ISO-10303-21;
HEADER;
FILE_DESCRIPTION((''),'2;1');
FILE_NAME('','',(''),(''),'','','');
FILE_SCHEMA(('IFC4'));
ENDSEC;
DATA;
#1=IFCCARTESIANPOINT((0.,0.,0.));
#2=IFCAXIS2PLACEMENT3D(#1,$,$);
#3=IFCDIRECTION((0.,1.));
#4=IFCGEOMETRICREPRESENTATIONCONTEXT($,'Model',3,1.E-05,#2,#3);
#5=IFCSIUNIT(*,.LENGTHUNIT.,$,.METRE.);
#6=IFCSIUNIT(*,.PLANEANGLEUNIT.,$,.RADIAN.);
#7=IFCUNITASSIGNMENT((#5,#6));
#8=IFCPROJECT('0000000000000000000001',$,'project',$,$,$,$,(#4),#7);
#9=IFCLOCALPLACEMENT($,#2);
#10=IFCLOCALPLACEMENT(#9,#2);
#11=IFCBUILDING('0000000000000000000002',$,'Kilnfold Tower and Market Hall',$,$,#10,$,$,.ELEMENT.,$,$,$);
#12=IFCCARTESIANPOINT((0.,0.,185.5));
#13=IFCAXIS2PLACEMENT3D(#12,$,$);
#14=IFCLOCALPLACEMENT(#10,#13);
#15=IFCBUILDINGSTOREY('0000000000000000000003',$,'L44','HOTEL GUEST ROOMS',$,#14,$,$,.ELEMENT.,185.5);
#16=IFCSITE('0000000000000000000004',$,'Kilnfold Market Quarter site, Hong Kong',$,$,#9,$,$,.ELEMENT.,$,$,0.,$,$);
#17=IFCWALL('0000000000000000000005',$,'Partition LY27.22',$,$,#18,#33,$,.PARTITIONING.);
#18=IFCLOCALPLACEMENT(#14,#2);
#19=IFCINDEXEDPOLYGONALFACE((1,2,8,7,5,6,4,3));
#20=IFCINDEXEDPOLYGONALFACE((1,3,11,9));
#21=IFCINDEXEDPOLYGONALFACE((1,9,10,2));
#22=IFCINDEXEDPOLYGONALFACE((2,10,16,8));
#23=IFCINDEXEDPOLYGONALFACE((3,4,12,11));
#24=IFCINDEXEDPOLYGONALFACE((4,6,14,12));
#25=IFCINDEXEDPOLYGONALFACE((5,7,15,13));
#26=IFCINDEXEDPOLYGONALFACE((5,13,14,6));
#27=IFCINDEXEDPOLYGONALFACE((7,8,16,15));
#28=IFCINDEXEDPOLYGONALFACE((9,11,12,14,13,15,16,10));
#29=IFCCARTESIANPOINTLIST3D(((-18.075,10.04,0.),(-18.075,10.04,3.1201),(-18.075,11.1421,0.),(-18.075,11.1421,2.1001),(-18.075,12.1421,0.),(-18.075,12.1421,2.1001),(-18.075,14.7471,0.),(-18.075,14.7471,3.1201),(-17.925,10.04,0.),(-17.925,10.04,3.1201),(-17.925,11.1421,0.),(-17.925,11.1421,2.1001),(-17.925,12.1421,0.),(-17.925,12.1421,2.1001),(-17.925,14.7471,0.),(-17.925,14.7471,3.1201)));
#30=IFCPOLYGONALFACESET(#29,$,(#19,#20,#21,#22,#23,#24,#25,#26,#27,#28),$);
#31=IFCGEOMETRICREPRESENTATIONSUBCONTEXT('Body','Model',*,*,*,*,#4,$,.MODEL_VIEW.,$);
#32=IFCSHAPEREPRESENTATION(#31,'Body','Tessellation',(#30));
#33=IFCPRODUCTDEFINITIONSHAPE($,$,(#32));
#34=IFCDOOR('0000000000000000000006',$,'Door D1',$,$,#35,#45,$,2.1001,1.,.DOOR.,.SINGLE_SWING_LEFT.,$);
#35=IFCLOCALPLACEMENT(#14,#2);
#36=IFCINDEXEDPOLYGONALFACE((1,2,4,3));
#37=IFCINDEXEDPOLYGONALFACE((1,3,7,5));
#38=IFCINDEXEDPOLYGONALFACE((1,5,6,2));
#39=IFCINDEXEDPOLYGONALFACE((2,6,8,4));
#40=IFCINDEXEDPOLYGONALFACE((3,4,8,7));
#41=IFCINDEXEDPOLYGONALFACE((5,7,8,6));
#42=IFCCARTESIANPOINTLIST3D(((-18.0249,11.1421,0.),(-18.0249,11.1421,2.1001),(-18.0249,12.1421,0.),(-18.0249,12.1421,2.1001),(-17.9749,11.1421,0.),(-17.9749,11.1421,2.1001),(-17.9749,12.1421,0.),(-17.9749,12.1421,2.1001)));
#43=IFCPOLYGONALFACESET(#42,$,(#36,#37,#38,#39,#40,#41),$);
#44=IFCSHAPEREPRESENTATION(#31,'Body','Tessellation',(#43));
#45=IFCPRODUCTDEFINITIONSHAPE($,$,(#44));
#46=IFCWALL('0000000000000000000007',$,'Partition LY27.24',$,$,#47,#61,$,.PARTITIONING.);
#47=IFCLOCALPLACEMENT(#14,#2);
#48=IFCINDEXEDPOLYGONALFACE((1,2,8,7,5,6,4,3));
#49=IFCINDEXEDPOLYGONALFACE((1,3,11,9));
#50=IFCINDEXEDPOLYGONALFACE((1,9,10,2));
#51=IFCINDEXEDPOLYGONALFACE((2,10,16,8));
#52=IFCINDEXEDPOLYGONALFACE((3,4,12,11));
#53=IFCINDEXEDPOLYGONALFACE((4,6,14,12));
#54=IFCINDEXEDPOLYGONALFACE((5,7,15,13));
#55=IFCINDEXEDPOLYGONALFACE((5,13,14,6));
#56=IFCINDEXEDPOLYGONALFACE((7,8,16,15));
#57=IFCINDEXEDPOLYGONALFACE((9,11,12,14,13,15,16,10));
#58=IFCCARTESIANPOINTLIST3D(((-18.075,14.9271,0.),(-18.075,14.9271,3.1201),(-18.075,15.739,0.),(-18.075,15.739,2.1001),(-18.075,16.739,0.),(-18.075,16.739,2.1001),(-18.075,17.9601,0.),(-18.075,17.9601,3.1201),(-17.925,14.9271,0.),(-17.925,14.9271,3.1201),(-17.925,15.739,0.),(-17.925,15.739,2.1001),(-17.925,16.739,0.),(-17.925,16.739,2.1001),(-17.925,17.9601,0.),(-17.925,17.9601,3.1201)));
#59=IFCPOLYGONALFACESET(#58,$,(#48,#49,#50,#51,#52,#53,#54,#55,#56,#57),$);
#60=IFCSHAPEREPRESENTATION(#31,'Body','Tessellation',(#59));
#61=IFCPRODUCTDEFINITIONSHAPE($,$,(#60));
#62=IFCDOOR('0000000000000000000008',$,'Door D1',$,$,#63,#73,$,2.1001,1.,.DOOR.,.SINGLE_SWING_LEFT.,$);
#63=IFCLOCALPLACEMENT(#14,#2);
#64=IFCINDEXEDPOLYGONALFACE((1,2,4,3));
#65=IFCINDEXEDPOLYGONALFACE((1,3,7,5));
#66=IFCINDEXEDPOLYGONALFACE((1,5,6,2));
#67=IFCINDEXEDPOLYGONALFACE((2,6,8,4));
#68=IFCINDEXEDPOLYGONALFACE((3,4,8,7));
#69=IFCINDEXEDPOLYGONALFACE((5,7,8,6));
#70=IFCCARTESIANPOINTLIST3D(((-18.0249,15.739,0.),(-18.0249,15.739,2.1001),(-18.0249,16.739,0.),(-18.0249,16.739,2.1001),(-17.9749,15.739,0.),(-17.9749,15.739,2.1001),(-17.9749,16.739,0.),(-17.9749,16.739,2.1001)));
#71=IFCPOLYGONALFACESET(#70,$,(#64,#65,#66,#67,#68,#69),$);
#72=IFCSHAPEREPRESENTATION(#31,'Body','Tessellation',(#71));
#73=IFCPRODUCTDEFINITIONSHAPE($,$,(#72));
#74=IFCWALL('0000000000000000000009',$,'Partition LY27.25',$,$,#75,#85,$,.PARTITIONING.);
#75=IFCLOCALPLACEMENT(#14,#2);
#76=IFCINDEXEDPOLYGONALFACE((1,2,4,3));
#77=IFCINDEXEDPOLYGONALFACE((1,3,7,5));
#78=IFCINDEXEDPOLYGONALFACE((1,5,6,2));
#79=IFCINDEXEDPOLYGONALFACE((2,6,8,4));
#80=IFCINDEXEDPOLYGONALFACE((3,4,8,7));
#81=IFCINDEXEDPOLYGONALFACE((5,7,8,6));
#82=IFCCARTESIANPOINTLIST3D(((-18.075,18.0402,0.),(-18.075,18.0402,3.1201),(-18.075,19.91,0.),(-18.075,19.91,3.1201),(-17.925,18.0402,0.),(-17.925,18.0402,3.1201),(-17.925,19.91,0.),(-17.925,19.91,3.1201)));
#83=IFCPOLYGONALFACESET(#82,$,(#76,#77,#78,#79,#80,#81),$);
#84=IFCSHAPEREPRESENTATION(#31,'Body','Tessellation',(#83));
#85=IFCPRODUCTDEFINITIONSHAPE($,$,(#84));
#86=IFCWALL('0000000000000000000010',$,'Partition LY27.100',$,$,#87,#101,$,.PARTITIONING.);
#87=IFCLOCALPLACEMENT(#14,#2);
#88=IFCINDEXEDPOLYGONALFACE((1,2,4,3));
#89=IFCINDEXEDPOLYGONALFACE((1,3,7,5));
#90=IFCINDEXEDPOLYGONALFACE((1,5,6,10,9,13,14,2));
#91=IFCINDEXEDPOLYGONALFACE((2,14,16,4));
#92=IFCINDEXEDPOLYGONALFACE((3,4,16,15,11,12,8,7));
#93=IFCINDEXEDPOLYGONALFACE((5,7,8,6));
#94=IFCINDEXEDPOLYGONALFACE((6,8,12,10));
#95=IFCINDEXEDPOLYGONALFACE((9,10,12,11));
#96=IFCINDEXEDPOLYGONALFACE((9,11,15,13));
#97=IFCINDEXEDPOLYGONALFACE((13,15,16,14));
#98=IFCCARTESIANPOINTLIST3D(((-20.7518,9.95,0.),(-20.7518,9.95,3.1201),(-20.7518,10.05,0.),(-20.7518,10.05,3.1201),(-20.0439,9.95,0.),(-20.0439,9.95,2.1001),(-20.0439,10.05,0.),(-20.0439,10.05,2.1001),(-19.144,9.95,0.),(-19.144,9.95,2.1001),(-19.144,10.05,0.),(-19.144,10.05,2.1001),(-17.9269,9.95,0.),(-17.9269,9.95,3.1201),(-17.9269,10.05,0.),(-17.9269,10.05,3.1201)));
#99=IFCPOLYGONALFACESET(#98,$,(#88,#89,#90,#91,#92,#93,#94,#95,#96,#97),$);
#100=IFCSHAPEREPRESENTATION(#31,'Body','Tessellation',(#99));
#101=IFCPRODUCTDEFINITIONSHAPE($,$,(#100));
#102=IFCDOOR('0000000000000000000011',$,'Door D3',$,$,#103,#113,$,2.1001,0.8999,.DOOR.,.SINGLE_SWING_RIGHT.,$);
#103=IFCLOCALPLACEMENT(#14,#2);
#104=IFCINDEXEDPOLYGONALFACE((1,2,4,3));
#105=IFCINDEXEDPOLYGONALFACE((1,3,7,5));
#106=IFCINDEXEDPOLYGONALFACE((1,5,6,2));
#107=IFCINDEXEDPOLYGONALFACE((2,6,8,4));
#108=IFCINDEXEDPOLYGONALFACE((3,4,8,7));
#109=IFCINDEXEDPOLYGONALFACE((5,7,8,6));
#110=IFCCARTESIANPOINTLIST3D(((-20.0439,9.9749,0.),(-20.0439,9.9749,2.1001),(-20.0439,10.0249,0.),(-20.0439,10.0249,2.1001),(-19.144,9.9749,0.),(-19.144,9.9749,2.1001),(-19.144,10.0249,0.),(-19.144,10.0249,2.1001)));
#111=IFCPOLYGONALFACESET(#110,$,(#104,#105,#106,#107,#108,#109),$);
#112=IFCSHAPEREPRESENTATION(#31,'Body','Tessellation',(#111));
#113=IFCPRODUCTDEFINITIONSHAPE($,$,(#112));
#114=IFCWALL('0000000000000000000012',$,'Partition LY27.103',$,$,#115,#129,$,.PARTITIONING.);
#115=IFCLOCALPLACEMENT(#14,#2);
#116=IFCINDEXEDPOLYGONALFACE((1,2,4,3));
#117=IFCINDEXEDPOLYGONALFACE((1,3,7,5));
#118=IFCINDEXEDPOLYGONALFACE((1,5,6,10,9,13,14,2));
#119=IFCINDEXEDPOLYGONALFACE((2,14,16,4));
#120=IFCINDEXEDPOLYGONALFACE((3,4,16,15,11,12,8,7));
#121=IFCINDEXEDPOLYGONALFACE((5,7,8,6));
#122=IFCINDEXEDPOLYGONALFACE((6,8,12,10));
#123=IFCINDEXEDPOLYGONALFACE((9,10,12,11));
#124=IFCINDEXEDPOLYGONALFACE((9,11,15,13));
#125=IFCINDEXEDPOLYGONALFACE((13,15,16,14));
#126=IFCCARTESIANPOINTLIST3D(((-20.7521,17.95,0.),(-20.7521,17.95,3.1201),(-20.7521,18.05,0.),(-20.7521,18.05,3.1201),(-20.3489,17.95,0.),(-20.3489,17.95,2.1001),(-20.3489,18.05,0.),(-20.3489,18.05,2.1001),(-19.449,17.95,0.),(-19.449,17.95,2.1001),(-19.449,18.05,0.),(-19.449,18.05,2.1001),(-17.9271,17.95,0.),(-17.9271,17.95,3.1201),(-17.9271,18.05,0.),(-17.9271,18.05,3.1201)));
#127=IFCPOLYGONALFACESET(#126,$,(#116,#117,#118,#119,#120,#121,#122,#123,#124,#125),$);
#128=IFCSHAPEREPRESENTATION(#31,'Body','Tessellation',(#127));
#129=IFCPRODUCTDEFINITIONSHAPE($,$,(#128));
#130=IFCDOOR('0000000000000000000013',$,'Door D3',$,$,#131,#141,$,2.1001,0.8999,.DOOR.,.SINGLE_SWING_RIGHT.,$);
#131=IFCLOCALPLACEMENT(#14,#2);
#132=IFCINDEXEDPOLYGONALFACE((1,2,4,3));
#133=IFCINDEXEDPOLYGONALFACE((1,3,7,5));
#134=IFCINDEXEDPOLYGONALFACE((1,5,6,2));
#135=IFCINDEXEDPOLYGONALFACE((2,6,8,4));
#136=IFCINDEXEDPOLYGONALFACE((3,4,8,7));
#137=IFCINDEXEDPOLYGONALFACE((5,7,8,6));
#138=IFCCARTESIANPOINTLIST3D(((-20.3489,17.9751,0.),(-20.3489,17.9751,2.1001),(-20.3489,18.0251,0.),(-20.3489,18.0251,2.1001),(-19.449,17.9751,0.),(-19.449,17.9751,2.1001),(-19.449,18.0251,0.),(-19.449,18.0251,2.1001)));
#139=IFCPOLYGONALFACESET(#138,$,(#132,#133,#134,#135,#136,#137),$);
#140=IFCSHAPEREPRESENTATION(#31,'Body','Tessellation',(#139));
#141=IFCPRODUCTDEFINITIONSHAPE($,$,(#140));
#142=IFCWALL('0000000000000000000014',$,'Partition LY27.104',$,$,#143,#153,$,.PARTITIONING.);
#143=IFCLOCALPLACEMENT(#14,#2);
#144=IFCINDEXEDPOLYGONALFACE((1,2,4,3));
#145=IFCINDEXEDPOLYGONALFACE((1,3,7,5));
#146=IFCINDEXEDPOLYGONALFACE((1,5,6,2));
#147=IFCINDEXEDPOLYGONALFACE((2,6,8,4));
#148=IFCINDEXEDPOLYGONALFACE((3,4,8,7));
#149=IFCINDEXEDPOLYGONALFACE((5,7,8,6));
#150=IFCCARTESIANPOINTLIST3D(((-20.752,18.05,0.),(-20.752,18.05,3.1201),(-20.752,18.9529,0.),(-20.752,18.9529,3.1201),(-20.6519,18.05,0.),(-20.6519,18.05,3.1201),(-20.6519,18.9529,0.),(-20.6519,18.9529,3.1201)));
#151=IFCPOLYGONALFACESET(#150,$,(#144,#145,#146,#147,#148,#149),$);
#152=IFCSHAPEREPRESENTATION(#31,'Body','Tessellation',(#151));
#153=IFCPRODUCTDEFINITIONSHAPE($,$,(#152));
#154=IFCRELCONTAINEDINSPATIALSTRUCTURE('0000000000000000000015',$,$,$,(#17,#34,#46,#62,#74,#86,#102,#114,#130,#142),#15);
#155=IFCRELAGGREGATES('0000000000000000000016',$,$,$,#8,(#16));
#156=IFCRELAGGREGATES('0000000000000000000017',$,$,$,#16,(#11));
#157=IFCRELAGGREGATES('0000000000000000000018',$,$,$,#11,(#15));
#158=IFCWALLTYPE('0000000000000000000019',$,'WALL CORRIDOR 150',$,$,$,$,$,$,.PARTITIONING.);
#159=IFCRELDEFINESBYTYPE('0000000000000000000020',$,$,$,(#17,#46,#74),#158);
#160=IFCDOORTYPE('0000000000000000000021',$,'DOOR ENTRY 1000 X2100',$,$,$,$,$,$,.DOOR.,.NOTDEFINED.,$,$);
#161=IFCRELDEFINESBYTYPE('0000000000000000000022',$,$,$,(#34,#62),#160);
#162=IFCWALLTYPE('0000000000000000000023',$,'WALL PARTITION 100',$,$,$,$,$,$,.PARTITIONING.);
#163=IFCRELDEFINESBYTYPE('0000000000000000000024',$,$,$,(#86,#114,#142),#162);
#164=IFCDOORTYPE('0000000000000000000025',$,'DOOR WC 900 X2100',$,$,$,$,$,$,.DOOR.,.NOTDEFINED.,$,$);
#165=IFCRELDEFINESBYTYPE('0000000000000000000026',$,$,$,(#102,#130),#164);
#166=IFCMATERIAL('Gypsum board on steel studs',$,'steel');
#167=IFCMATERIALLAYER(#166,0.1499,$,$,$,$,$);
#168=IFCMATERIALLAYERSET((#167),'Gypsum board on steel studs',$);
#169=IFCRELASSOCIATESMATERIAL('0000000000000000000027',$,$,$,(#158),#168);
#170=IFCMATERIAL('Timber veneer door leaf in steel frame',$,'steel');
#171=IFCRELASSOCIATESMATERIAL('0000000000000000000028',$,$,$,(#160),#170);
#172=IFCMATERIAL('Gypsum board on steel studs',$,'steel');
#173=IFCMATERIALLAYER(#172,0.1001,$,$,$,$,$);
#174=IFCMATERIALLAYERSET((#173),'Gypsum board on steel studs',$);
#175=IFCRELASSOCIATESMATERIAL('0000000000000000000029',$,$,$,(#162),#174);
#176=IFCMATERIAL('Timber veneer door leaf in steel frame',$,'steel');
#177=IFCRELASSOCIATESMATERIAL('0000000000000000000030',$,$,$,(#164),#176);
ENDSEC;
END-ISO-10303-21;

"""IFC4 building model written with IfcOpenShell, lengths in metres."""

from ifc_helpers import new_model, si_unit, direction, frame, frame_2d, origin, place, context, subcontext, project, spatial, rectangle, extrude, material, layer, layer_set, type_object, element, fill, save


model = new_model("IFC4")

# Units and contexts
model_context = context("Model", 3, precision=1e-05, world=origin(), true_north=direction((0.0, 1.0)))
body_context = subcontext(model_context, "Body", "Model", "MODEL_VIEW")
ifc_project = project(units=[si_unit("LENGTHUNIT", "METRE"), si_unit("PLANEANGLEUNIT", "RADIAN")], contexts=[model_context])

# Site, building, storey
site_placement = place(None, origin())
site = spatial("IfcSite", under=ifc_project, at=site_placement, Name="Kilnfold Market Quarter site, Hong Kong", CompositionType="ELEMENT", RefElevation=0.0)
building_placement = place(site_placement, origin())
building = spatial("IfcBuilding", under=site, at=building_placement, Name="Kilnfold Tower and Market Hall", CompositionType="ELEMENT")
storey_placement = place(building_placement, frame((0.0, 0.0, 185.5)))
storey = spatial("IfcBuildingStorey", under=building, at=storey_placement, Name="L44", Description="HOTEL GUEST ROOMS", CompositionType="ELEMENT", Elevation=185.5)

# Walls, openings, doors
ifc_material_1 = material(Name="Gypsum board on steel studs", Category="steel")
ifc_layer_1 = layer(ifc_material_1, 0.1499)
ifc_layer_set_1 = layer_set([ifc_layer_1], Name="Gypsum board on steel studs")
wall_type_1 = type_object("IfcWallType", Name="WALL CORRIDOR 150", PredefinedType="PARTITIONING", material=ifc_layer_set_1)
wall_1_placement = place(storey_placement, frame((-18.0, 10.04, 0.0), z_axis=(0.0, 0.0, 1.0), x_axis=(0.0, 1.0, 0.0)))
wall_1 = element("IfcWall", 1, at=wall_1_placement, inside=storey, type_object=wall_type_1, Name="Partition LY27.22", PredefinedType="PARTITIONING", context=body_context, shape_type="SweptSolid", body=[
    extrude(rectangle(XDim=4.707, YDim=0.1499, at=frame_2d((2.3535, 0.0))), origin(), (0.0, 0.0, 1.0), 3.1201),
])
opening_1_placement = place(wall_1_placement, frame((1.1021, 0.0, 0.0)))
opening_1 = element("IfcOpeningElement", 2, at=opening_1_placement, cuts=wall_1, PredefinedType="OPENING", context=body_context, shape_type="SweptSolid", body=[
    extrude(rectangle(XDim=1.0, YDim=2.1001, at=frame_2d((0.5, 1.05))), frame((0.0, 0.085, 0.0), z_axis=(0.0, -1.0, 0.0), x_axis=(1.0, 0.0, 0.0)), (0.0, 0.0, 1.0), 0.1699),
])
ifc_material_2 = material(Name="Timber veneer door leaf in steel frame", Category="steel")
door_type_1 = type_object("IfcDoorType", Name="DOOR ENTRY 1000 X2100", OperationType="NOTDEFINED", PredefinedType="DOOR", material=ifc_material_2)
door_1_placement = place(opening_1_placement, origin())
door_1 = element("IfcDoor", 3, at=door_1_placement, inside=storey, type_object=door_type_1, Name="Door D1", OperationType="SINGLE_SWING_LEFT", OverallHeight=2.1001, OverallWidth=1.0, PredefinedType="DOOR", context=body_context, shape_type="SweptSolid", body=[
    extrude(rectangle(XDim=1.0, YDim=2.1001, at=frame_2d((0.5, 1.05))), frame((0.0, 0.0249, 0.0), z_axis=(0.0, -1.0, 0.0), x_axis=(1.0, 0.0, 0.0)), (0.0, 0.0, 1.0), 0.05),
])
fill(opening_1, door_1)
wall_2_placement = place(storey_placement, frame((-18.0, 14.927, 0.0), z_axis=(0.0, 0.0, 1.0), x_axis=(0.0, 1.0, 0.0)))
wall_2 = element("IfcWall", 4, at=wall_2_placement, inside=storey, type_object=wall_type_1, Name="Partition LY27.24", PredefinedType="PARTITIONING", context=body_context, shape_type="SweptSolid", body=[
    extrude(rectangle(XDim=3.033, YDim=0.1499, at=frame_2d((1.5166, 0.0))), origin(), (0.0, 0.0, 1.0), 3.1201),
])
opening_2_placement = place(wall_2_placement, frame((0.812, 0.0, 0.0)))
opening_2 = element("IfcOpeningElement", 5, at=opening_2_placement, cuts=wall_2, PredefinedType="OPENING", context=body_context, shape_type="SweptSolid", body=[
    extrude(rectangle(XDim=1.0, YDim=2.1001, at=frame_2d((0.5, 1.05))), frame((0.0, 0.085, 0.0), z_axis=(0.0, -1.0, 0.0), x_axis=(1.0, 0.0, 0.0)), (0.0, 0.0, 1.0), 0.1699),
])
door_2_placement = place(opening_2_placement, origin())
door_2 = element("IfcDoor", 6, at=door_2_placement, inside=storey, type_object=door_type_1, Name="Door D1", OperationType="SINGLE_SWING_LEFT", OverallHeight=2.1001, OverallWidth=1.0, PredefinedType="DOOR", context=body_context, shape_type="SweptSolid", body=[
    extrude(rectangle(XDim=1.0, YDim=2.1001, at=frame_2d((0.5, 1.05))), frame((0.0, 0.0249, 0.0), z_axis=(0.0, -1.0, 0.0), x_axis=(1.0, 0.0, 0.0)), (0.0, 0.0, 1.0), 0.05),
])
fill(opening_2, door_2)

# Wall
wall_3_placement = place(storey_placement, frame((-18.0, 18.04, 0.0), z_axis=(0.0, 0.0, 1.0), x_axis=(0.0, 1.0, 0.0)))
element("IfcWall", 7, at=wall_3_placement, inside=storey, type_object=wall_type_1, Name="Partition LY27.25", PredefinedType="PARTITIONING", context=body_context, shape_type="SweptSolid", body=[
    extrude(rectangle(XDim=1.8699, YDim=0.1499, at=frame_2d((0.9351, 0.0))), origin(), (0.0, 0.0, 1.0), 3.1201),
])

# Walls, openings, doors
ifc_material_3 = material(Name="Gypsum board on steel studs", Category="steel")
ifc_layer_2 = layer(ifc_material_3, 0.1001)
ifc_layer_set_2 = layer_set([ifc_layer_2], Name="Gypsum board on steel studs")
wall_type_2 = type_object("IfcWallType", Name="WALL PARTITION 100", PredefinedType="PARTITIONING", material=ifc_layer_set_2)
wall_4_placement = place(storey_placement, frame((-20.752, 10.0, 0.0), z_axis=(0.0, 0.0, 1.0), x_axis=(1.0, 0.0, 0.0)))
wall_4 = element("IfcWall", 8, at=wall_4_placement, inside=storey, type_object=wall_type_2, Name="Partition LY27.100", PredefinedType="PARTITIONING", context=body_context, shape_type="SweptSolid", body=[
    extrude(rectangle(XDim=2.825, YDim=0.1001, at=frame_2d((1.4126, 0.0))), origin(), (0.0, 0.0, 1.0), 3.1201),
])
opening_3_placement = place(wall_4_placement, frame((0.708, 0.0, 0.0)))
opening_3 = element("IfcOpeningElement", 9, at=opening_3_placement, cuts=wall_4, PredefinedType="OPENING", context=body_context, shape_type="SweptSolid", body=[
    extrude(rectangle(XDim=0.8999, YDim=2.1001, at=frame_2d((0.45, 1.05))), frame((0.0, 0.0601, 0.0), z_axis=(0.0, -1.0, 0.0), x_axis=(1.0, 0.0, 0.0)), (0.0, 0.0, 1.0), 0.1201),
])
ifc_material_4 = material(Name="Timber veneer door leaf in steel frame", Category="steel")
door_type_2 = type_object("IfcDoorType", Name="DOOR WC 900 X2100", OperationType="NOTDEFINED", PredefinedType="DOOR", material=ifc_material_4)
door_3_placement = place(opening_3_placement, origin())
door_3 = element("IfcDoor", 10, at=door_3_placement, inside=storey, type_object=door_type_2, Name="Door D3", OperationType="SINGLE_SWING_RIGHT", OverallHeight=2.1001, OverallWidth=0.8999, PredefinedType="DOOR", context=body_context, shape_type="SweptSolid", body=[
    extrude(rectangle(XDim=0.8999, YDim=2.1001, at=frame_2d((0.45, 1.05))), frame((0.0, 0.0249, 0.0), z_axis=(0.0, -1.0, 0.0), x_axis=(1.0, 0.0, 0.0)), (0.0, 0.0, 1.0), 0.05),
])
fill(opening_3, door_3)
wall_5_placement = place(storey_placement, frame((-17.927, 18.0, 0.0), z_axis=(0.0, 0.0, 1.0), x_axis=(-1.0, 0.0, 0.0)))
wall_5 = element("IfcWall", 11, at=wall_5_placement, inside=storey, type_object=wall_type_2, Name="Partition LY27.103", PredefinedType="PARTITIONING", context=body_context, shape_type="SweptSolid", body=[
    extrude(rectangle(XDim=2.825, YDim=0.1001, at=frame_2d((1.4126, 0.0))), origin(), (0.0, 0.0, 1.0), 3.1201),
])
opening_4_placement = place(wall_5_placement, frame((1.522, 0.0, 0.0)))
opening_4 = element("IfcOpeningElement", 12, at=opening_4_placement, cuts=wall_5, PredefinedType="OPENING", context=body_context, shape_type="SweptSolid", body=[
    extrude(rectangle(XDim=0.8999, YDim=2.1001, at=frame_2d((0.45, 1.05))), frame((0.0, 0.0601, 0.0), z_axis=(0.0, -1.0, 0.0), x_axis=(1.0, 0.0, 0.0)), (0.0, 0.0, 1.0), 0.1201),
])
door_4_placement = place(opening_4_placement, origin())
door_4 = element("IfcDoor", 13, at=door_4_placement, inside=storey, type_object=door_type_2, Name="Door D3", OperationType="SINGLE_SWING_RIGHT", OverallHeight=2.1001, OverallWidth=0.8999, PredefinedType="DOOR", context=body_context, shape_type="SweptSolid", body=[
    extrude(rectangle(XDim=0.8999, YDim=2.1001, at=frame_2d((0.45, 1.05))), frame((0.0, 0.0249, 0.0), z_axis=(0.0, -1.0, 0.0), x_axis=(1.0, 0.0, 0.0)), (0.0, 0.0, 1.0), 0.05),
])
fill(opening_4, door_4)

# Wall
wall_6_placement = place(storey_placement, frame((-20.7019, 18.05, 0.0), z_axis=(0.0, 0.0, 1.0), x_axis=(0.0, 1.0, 0.0)))
element("IfcWall", 14, at=wall_6_placement, inside=storey, type_object=wall_type_2, Name="Partition LY27.104", PredefinedType="PARTITIONING", context=body_context, shape_type="SweptSolid", body=[
    extrude(rectangle(XDim=0.9028, YDim=0.1001, at=frame_2d((0.4514, 0.0))), origin(), (0.0, 0.0, 1.0), 3.1201),
])

save(model, "model.ifc")
